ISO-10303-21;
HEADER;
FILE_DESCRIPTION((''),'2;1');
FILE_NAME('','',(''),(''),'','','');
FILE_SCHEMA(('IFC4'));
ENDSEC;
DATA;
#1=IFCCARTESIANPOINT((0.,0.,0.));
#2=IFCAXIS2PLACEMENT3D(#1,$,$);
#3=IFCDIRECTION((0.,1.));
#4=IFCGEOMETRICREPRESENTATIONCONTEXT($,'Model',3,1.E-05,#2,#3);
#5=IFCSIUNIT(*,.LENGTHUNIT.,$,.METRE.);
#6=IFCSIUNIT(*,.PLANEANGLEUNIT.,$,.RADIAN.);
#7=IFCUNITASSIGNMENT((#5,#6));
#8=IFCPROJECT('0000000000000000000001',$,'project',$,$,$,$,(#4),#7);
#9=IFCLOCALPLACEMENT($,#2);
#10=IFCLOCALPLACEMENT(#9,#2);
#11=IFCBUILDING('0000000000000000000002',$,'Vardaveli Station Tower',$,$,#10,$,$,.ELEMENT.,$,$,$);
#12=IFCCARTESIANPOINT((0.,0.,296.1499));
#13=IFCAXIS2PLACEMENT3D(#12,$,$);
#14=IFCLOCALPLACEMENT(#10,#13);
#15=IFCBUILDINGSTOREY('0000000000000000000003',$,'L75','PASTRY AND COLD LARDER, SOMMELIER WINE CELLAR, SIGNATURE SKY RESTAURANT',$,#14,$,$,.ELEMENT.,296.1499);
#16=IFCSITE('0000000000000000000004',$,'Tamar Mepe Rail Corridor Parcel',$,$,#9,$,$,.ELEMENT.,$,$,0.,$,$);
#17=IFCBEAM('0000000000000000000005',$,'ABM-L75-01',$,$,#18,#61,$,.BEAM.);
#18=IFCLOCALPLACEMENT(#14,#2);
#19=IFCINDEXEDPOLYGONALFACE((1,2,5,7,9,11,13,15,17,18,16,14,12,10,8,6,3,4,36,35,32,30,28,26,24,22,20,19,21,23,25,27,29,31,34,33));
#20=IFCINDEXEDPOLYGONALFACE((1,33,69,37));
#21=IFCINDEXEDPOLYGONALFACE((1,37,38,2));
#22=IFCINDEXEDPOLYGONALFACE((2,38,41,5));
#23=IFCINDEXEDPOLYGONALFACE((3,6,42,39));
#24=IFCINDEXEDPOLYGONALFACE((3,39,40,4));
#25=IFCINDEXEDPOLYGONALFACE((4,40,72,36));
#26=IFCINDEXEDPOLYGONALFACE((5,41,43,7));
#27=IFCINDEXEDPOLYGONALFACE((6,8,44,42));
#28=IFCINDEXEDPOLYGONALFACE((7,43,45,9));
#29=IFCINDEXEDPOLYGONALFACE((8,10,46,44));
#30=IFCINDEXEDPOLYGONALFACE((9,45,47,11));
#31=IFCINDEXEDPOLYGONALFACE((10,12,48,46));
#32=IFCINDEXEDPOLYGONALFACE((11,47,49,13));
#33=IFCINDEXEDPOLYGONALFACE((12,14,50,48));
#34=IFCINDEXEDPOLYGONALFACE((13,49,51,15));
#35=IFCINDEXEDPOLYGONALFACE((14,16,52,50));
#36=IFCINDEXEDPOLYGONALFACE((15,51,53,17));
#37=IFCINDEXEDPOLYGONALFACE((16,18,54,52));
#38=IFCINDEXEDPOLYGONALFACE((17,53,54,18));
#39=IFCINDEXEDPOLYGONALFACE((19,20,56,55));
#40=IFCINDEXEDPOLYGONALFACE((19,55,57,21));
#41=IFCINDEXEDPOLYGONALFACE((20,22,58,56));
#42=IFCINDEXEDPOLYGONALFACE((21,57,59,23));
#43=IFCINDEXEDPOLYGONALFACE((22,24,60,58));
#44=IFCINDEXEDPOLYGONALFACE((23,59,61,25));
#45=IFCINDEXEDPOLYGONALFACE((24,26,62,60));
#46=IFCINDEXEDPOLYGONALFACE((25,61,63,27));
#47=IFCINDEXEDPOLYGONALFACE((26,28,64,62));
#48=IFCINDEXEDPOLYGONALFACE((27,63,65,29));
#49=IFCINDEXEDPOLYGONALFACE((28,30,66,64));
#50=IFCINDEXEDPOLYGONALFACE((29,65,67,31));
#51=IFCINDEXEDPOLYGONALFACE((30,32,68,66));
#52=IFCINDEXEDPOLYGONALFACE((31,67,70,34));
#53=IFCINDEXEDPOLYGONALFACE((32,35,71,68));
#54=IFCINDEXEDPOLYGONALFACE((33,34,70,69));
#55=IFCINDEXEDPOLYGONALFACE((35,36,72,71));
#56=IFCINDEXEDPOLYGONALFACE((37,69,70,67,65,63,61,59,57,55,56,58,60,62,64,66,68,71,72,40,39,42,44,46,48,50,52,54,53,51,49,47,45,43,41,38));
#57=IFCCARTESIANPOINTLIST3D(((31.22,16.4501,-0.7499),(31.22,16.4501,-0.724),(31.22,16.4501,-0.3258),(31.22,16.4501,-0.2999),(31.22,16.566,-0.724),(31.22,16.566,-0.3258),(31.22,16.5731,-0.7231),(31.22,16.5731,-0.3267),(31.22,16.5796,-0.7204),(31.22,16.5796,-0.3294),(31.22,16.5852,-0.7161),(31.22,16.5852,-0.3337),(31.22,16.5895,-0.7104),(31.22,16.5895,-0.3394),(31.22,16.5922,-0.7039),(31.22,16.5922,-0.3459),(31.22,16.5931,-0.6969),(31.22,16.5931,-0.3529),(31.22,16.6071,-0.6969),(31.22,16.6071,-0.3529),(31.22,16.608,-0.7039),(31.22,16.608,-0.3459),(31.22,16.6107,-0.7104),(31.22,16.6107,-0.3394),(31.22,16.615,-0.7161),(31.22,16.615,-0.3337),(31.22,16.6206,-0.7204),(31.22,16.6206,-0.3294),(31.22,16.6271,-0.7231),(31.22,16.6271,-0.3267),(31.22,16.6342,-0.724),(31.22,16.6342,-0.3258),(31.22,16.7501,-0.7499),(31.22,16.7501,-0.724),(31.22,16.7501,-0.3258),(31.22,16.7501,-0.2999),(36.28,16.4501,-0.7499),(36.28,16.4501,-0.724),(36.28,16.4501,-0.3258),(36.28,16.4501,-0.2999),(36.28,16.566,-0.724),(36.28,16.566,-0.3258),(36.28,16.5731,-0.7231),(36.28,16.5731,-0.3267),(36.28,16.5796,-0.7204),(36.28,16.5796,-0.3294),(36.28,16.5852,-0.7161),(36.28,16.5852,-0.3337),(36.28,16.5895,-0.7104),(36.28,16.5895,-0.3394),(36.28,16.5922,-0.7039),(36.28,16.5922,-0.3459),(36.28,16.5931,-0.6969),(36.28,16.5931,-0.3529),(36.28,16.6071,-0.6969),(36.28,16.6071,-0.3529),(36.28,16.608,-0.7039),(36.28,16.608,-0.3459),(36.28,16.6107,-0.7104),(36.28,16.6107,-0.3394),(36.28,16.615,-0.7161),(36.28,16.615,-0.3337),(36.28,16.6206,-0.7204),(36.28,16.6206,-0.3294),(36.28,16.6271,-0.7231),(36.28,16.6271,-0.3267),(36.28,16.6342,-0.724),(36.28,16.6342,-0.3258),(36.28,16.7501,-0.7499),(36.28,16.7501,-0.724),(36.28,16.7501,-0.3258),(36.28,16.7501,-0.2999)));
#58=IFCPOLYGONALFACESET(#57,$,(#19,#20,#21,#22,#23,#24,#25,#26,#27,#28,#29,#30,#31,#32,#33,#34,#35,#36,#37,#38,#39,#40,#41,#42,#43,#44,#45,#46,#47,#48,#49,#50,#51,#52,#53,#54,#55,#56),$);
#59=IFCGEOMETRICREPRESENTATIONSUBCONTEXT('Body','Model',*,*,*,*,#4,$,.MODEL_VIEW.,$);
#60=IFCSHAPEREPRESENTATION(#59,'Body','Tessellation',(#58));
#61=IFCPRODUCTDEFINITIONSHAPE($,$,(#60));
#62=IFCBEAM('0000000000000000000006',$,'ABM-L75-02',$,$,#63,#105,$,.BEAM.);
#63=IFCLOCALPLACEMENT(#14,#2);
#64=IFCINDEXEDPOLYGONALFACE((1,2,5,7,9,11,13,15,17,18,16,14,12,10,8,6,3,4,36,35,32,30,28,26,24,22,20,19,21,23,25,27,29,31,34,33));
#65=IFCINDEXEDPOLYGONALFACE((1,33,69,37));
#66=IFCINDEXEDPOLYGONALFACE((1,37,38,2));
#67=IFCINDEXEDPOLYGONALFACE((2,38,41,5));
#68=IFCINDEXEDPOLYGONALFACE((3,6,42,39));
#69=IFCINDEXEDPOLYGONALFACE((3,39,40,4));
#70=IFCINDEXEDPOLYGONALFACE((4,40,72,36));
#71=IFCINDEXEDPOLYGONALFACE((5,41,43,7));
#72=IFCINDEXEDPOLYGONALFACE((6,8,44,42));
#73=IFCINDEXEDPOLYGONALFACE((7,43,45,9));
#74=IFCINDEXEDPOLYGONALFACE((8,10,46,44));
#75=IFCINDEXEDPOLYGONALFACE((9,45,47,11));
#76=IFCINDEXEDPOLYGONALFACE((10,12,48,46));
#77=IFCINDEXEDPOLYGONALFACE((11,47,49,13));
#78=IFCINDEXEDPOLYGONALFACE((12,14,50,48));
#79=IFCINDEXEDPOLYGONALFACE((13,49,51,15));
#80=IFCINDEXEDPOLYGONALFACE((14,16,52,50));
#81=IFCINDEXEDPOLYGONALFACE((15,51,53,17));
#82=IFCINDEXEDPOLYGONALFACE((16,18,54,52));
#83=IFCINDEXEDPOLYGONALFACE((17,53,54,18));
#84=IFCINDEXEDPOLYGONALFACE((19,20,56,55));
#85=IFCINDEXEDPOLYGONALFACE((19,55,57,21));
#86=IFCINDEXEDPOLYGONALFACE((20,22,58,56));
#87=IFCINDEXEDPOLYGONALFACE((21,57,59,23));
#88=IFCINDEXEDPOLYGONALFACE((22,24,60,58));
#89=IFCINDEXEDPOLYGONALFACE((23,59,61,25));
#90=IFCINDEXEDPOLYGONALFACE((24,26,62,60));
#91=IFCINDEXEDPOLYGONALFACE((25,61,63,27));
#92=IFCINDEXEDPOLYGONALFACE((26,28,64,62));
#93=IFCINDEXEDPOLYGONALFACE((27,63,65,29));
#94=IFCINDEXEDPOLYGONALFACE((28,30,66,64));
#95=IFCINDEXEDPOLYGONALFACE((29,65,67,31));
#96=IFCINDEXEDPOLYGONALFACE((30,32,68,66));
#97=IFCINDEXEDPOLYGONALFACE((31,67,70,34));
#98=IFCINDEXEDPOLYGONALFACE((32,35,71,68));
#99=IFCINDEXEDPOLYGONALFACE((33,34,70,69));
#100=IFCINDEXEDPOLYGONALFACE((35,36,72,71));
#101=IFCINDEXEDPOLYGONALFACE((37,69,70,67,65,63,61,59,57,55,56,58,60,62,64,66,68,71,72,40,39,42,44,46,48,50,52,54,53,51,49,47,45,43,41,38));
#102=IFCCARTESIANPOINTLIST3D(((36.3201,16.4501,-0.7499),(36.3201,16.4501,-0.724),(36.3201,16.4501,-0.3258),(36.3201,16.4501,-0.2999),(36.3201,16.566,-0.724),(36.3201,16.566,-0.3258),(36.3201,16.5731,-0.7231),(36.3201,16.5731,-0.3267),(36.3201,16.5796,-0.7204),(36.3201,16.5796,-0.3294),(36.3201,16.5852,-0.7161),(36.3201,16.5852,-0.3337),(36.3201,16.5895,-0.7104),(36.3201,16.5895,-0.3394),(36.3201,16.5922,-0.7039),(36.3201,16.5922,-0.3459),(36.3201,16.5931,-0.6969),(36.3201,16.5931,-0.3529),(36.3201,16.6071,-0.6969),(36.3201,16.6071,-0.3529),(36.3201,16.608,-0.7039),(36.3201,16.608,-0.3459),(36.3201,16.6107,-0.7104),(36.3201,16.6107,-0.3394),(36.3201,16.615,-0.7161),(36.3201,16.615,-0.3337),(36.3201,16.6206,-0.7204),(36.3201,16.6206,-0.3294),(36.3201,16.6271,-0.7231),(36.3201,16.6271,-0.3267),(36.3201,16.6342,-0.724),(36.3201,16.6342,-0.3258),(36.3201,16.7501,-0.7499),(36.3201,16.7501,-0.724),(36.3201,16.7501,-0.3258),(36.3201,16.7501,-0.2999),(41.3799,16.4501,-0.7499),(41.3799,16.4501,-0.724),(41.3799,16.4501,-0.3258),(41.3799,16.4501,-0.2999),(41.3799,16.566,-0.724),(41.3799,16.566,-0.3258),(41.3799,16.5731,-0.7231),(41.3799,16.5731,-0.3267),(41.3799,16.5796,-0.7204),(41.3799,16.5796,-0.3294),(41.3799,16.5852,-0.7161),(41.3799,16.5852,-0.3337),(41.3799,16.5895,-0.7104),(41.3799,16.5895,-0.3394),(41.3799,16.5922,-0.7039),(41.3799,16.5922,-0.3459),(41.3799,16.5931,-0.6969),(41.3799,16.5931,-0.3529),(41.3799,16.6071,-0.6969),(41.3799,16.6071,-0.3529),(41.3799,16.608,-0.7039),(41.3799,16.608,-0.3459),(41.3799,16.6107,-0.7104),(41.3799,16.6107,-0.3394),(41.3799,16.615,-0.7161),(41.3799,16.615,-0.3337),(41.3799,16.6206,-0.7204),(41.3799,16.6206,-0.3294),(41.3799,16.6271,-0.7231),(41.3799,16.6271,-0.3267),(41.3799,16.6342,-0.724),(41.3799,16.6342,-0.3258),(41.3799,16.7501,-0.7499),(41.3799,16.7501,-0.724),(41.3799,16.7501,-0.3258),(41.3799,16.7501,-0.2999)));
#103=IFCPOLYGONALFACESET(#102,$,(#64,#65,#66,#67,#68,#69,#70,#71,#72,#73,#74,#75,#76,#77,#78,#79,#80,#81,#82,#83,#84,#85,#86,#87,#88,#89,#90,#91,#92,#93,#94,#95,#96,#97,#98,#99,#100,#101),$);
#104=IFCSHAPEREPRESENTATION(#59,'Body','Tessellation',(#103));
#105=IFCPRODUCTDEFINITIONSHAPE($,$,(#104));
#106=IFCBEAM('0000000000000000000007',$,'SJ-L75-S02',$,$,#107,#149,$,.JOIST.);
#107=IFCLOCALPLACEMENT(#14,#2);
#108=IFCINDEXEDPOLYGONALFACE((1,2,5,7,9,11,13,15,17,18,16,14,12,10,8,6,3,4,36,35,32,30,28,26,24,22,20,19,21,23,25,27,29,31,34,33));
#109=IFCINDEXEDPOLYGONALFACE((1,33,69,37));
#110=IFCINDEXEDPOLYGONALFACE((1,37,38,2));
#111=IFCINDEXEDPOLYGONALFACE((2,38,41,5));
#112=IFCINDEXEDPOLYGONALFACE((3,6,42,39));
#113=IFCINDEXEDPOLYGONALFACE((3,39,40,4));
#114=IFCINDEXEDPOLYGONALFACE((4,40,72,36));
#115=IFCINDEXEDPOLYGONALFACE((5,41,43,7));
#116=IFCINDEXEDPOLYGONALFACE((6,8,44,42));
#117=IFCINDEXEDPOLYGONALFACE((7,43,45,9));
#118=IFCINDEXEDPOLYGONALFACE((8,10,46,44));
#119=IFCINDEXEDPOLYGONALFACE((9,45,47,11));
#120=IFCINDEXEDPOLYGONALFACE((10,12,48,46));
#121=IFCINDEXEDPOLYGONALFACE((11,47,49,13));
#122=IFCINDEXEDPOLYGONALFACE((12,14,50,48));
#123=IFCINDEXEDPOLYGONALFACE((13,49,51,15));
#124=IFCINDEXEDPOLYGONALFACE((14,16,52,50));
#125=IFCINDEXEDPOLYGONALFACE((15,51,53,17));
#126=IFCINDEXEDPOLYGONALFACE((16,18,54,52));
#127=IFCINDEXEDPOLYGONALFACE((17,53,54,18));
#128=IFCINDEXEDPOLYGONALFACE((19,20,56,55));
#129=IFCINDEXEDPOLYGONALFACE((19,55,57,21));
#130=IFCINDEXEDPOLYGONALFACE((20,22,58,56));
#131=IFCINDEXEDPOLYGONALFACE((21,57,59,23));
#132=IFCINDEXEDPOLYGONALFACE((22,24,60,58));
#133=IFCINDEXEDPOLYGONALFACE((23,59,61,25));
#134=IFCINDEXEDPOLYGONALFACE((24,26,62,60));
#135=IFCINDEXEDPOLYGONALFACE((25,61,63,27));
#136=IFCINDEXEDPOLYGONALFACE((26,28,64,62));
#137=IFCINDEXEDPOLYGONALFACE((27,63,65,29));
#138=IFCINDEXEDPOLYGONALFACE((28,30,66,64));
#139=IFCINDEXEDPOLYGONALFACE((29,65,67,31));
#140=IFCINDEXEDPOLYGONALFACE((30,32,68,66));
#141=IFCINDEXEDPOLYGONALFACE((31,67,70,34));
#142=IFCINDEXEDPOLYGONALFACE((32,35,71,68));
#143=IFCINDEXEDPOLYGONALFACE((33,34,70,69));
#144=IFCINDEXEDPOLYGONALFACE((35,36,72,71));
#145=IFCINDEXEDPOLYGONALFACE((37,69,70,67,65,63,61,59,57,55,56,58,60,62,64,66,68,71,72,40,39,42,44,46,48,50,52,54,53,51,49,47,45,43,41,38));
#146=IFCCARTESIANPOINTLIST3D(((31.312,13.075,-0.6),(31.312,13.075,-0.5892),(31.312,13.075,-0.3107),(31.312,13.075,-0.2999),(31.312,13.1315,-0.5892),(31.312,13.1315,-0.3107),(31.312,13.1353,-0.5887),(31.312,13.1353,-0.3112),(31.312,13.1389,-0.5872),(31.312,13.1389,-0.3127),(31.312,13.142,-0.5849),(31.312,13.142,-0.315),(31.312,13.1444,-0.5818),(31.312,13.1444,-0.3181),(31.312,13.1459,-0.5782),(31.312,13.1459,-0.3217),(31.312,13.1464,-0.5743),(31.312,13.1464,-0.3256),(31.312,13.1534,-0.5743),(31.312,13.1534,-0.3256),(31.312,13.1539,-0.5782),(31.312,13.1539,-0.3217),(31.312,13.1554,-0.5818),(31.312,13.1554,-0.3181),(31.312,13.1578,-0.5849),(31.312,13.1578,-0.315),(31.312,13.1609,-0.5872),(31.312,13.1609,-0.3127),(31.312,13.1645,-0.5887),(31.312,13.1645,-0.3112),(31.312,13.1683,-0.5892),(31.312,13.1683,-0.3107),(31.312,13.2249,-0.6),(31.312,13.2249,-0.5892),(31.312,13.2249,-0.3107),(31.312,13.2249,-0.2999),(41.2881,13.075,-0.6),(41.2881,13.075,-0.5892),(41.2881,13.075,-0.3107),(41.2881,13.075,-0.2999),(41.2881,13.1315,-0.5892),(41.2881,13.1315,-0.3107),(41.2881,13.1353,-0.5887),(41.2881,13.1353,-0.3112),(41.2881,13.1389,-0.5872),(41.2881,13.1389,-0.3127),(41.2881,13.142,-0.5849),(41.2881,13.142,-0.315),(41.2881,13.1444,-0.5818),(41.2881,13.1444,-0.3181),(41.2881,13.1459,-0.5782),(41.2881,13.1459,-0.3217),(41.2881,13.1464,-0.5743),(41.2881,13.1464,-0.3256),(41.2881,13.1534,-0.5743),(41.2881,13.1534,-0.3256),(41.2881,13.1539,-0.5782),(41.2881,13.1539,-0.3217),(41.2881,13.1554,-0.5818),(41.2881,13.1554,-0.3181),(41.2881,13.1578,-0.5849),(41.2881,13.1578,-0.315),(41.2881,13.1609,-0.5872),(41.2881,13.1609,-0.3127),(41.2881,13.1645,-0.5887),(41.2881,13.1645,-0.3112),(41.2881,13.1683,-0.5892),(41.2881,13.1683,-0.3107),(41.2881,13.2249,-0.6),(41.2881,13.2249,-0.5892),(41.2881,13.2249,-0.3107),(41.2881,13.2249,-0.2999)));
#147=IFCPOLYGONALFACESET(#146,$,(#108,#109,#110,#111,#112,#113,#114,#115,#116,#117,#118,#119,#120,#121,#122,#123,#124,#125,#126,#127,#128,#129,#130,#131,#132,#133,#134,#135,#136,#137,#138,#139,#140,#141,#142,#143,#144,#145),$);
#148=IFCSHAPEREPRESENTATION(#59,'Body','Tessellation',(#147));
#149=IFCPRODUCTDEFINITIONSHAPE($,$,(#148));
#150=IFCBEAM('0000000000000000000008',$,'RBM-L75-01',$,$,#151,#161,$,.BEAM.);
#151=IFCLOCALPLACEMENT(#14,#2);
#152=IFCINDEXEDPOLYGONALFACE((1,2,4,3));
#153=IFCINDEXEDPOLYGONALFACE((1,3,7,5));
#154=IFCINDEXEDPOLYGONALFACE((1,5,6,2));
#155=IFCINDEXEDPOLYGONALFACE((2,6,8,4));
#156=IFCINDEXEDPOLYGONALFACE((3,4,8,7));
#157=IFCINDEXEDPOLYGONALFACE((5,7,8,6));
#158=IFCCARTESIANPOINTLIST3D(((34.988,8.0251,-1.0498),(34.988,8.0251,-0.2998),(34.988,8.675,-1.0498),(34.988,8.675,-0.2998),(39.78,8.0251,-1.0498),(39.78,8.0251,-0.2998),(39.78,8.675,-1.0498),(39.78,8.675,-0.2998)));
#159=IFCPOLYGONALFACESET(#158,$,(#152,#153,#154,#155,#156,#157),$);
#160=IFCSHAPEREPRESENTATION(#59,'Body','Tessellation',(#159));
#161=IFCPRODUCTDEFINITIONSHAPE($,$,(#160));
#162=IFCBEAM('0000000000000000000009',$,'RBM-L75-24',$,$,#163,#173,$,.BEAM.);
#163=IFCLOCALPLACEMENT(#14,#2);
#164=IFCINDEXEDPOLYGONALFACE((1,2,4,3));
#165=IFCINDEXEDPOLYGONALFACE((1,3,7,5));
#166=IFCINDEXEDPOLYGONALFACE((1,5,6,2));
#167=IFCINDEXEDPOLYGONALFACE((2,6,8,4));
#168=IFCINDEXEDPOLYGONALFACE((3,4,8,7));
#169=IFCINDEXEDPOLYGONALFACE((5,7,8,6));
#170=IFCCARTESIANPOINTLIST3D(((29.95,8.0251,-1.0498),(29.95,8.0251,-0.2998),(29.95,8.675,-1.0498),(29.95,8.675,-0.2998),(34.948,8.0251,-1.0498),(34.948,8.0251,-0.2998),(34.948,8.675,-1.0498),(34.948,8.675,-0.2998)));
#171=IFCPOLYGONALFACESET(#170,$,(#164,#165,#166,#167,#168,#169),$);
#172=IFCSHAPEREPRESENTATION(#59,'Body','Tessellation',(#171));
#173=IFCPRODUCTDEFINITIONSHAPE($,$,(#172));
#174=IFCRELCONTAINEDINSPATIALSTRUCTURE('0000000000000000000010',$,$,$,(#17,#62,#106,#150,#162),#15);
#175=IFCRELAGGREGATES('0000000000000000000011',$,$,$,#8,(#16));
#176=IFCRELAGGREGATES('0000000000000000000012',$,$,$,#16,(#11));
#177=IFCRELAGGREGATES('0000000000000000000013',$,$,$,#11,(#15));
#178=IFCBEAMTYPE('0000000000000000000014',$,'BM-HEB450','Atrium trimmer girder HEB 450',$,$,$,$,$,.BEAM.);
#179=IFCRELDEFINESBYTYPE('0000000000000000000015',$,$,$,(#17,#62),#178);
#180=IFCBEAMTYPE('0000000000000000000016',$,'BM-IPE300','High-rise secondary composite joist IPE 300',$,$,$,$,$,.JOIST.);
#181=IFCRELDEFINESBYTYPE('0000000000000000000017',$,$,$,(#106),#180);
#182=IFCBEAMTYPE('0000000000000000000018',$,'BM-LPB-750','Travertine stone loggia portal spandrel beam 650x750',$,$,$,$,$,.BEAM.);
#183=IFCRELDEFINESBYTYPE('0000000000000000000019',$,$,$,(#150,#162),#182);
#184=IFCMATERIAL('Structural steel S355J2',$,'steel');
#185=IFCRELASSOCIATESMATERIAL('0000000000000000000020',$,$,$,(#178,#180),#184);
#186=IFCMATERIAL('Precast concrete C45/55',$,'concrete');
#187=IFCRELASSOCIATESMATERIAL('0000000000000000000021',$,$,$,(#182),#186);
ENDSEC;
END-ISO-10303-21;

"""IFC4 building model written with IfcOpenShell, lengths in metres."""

from ifc_helpers import new_model, si_unit, direction, frame, origin, origin_2d, place, context, subcontext, project, spatial, rectangle, i_section, extrude, source, transform, mapped, material, material_profile, profile_set, type_object, element, save


model = new_model("IFC4")

# Units and contexts
model_context = context("Model", 3, precision=1e-05, world=origin(), true_north=direction((0.0, 1.0)))
body_context = subcontext(model_context, "Body", "Model", "MODEL_VIEW")
ifc_project = project(units=[si_unit("LENGTHUNIT", "METRE"), si_unit("PLANEANGLEUNIT", "RADIAN")], contexts=[model_context])

# Site, building, storey
site_placement = place(None, origin())
site = spatial("IfcSite", under=ifc_project, at=site_placement, Name="Tamar Mepe Rail Corridor Parcel", CompositionType="ELEMENT", RefElevation=0.0)
building_placement = place(site_placement, origin())
building = spatial("IfcBuilding", under=site, at=building_placement, Name="Vardaveli Station Tower", CompositionType="ELEMENT")
storey_placement = place(building_placement, frame((0.0, 0.0, 296.1499)))
storey = spatial("IfcBuildingStorey", under=building, at=storey_placement, Name="L75", Description="PASTRY AND COLD LARDER, SOMMELIER WINE CELLAR, SIGNATURE SKY RESTAURANT", CompositionType="ELEMENT", Elevation=296.1499)

# Shared definitions
ifc_material_1 = material(Name="Structural steel S355J2", Category="steel")

# Beams
ifc_material_profile_1 = material_profile(ifc_material_1, i_section(OverallWidth=0.3, OverallDepth=0.45, WebThickness=0.0139, FlangeThickness=0.0259, FilletRadius=0.0271, at=origin_2d()), Name="HEB 450")
ifc_profile_set_1 = profile_set([ifc_material_profile_1], Name="Structural steel S355J2")
beam_type_1 = type_object("IfcBeamType", Name="BM-HEB450", Description="Atrium trimmer girder HEB 450", PredefinedType="BEAM", material=ifc_profile_set_1)
shared_shape_1 = source(origin(), body_context, "Body", "SweptSolid", [
    extrude(i_section(OverallWidth=0.3, OverallDepth=0.45, WebThickness=0.0139, FlangeThickness=0.0259, FilletRadius=0.0271, at=origin_2d()), origin(), (0.0, 0.0, 1.0), 5.0601),
])
beam_1_placement = place(storey_placement, frame((31.22, 16.6001, -0.5249), z_axis=(1.0, 0.0, 0.0), x_axis=(0.0, 1.0, 0.0)))
element("IfcBeam", 1, at=beam_1_placement, inside=storey, type_object=beam_type_1, Name="ABM-L75-01", PredefinedType="BEAM", context=body_context, shape_type="MappedRepresentation", body=[
    mapped(shared_shape_1, transform((0.0, 0.0, 0.0), scale=1.0)),
])
shared_shape_2 = source(origin(), body_context, "Body", "SweptSolid", [
    extrude(i_section(OverallWidth=0.3, OverallDepth=0.45, WebThickness=0.0139, FlangeThickness=0.0259, FilletRadius=0.0271, at=origin_2d()), origin(), (0.0, 0.0, 1.0), 5.0598),
])
beam_2_placement = place(storey_placement, frame((36.3201, 16.6001, -0.5249), z_axis=(1.0, 0.0, 0.0), x_axis=(0.0, 1.0, 0.0)))
element("IfcBeam", 2, at=beam_2_placement, inside=storey, type_object=beam_type_1, Name="ABM-L75-02", PredefinedType="BEAM", context=body_context, shape_type="MappedRepresentation", body=[
    mapped(shared_shape_2, transform((0.0, 0.0, 0.0), scale=1.0)),
])
ifc_material_profile_2 = material_profile(ifc_material_1, i_section(OverallWidth=0.1499, OverallDepth=0.3, WebThickness=0.0071, FlangeThickness=0.0107, FilletRadius=0.0149, at=origin_2d()), Name="IPE 300")
ifc_profile_set_2 = profile_set([ifc_material_profile_2], Name="Structural steel S355J2")
beam_type_2 = type_object("IfcBeamType", Name="BM-IPE300", Description="High-rise secondary composite joist IPE 300", PredefinedType="JOIST", material=ifc_profile_set_2)
shared_shape_3 = source(origin(), body_context, "Body", "SweptSolid", [
    extrude(i_section(OverallWidth=0.1499, OverallDepth=0.3, WebThickness=0.0071, FlangeThickness=0.0107, FilletRadius=0.0149, at=origin_2d()), origin(), (0.0, 0.0, 1.0), 9.9761),
])
beam_3_placement = place(storey_placement, frame((31.312, 13.1499, -0.45), z_axis=(1.0, 0.0, 0.0), x_axis=(0.0, 1.0, 0.0)))
element("IfcBeam", 3, at=beam_3_placement, inside=storey, type_object=beam_type_2, Name="SJ-L75-S02", PredefinedType="JOIST", context=body_context, shape_type="MappedRepresentation", body=[
    mapped(shared_shape_3, transform((0.0, 0.0, 0.0), scale=1.0)),
])
ifc_material_2 = material(Name="Precast concrete C45/55", Category="concrete")
ifc_material_profile_3 = material_profile(ifc_material_2, rectangle(XDim=0.6499, YDim=0.75, at=origin_2d()), Name="LPB 650x750")
ifc_profile_set_3 = profile_set([ifc_material_profile_3], Name="Precast concrete C45/55")
beam_type_3 = type_object("IfcBeamType", Name="BM-LPB-750", Description="Travertine stone loggia portal spandrel beam 650x750", PredefinedType="BEAM", material=ifc_profile_set_3)
shared_shape_4 = source(origin(), body_context, "Body", "SweptSolid", [
    extrude(rectangle(XDim=0.6499, YDim=0.75, at=origin_2d()), origin(), (0.0, 0.0, 1.0), 4.792),
])
beam_4_placement = place(storey_placement, frame((34.988, 8.3501, -0.6748), z_axis=(1.0, 0.0, 0.0), x_axis=(0.0, 1.0, 0.0)))
element("IfcBeam", 4, at=beam_4_placement, inside=storey, type_object=beam_type_3, Name="RBM-L75-01", PredefinedType="BEAM", context=body_context, shape_type="MappedRepresentation", body=[
    mapped(shared_shape_4, transform((0.0, 0.0, 0.0), scale=1.0)),
])
shared_shape_5 = source(origin(), body_context, "Body", "SweptSolid", [
    extrude(rectangle(XDim=0.6499, YDim=0.75, at=origin_2d()), origin(), (0.0, 0.0, 1.0), 4.998),
])
beam_5_placement = place(storey_placement, frame((29.95, 8.3501, -0.6748), z_axis=(1.0, 0.0, 0.0), x_axis=(0.0, 1.0, 0.0)))
element("IfcBeam", 5, at=beam_5_placement, inside=storey, type_object=beam_type_3, Name="RBM-L75-24", PredefinedType="BEAM", context=body_context, shape_type="MappedRepresentation", body=[
    mapped(shared_shape_5, transform((0.0, 0.0, 0.0), scale=1.0)),
])

save(model, "model.ifc")
